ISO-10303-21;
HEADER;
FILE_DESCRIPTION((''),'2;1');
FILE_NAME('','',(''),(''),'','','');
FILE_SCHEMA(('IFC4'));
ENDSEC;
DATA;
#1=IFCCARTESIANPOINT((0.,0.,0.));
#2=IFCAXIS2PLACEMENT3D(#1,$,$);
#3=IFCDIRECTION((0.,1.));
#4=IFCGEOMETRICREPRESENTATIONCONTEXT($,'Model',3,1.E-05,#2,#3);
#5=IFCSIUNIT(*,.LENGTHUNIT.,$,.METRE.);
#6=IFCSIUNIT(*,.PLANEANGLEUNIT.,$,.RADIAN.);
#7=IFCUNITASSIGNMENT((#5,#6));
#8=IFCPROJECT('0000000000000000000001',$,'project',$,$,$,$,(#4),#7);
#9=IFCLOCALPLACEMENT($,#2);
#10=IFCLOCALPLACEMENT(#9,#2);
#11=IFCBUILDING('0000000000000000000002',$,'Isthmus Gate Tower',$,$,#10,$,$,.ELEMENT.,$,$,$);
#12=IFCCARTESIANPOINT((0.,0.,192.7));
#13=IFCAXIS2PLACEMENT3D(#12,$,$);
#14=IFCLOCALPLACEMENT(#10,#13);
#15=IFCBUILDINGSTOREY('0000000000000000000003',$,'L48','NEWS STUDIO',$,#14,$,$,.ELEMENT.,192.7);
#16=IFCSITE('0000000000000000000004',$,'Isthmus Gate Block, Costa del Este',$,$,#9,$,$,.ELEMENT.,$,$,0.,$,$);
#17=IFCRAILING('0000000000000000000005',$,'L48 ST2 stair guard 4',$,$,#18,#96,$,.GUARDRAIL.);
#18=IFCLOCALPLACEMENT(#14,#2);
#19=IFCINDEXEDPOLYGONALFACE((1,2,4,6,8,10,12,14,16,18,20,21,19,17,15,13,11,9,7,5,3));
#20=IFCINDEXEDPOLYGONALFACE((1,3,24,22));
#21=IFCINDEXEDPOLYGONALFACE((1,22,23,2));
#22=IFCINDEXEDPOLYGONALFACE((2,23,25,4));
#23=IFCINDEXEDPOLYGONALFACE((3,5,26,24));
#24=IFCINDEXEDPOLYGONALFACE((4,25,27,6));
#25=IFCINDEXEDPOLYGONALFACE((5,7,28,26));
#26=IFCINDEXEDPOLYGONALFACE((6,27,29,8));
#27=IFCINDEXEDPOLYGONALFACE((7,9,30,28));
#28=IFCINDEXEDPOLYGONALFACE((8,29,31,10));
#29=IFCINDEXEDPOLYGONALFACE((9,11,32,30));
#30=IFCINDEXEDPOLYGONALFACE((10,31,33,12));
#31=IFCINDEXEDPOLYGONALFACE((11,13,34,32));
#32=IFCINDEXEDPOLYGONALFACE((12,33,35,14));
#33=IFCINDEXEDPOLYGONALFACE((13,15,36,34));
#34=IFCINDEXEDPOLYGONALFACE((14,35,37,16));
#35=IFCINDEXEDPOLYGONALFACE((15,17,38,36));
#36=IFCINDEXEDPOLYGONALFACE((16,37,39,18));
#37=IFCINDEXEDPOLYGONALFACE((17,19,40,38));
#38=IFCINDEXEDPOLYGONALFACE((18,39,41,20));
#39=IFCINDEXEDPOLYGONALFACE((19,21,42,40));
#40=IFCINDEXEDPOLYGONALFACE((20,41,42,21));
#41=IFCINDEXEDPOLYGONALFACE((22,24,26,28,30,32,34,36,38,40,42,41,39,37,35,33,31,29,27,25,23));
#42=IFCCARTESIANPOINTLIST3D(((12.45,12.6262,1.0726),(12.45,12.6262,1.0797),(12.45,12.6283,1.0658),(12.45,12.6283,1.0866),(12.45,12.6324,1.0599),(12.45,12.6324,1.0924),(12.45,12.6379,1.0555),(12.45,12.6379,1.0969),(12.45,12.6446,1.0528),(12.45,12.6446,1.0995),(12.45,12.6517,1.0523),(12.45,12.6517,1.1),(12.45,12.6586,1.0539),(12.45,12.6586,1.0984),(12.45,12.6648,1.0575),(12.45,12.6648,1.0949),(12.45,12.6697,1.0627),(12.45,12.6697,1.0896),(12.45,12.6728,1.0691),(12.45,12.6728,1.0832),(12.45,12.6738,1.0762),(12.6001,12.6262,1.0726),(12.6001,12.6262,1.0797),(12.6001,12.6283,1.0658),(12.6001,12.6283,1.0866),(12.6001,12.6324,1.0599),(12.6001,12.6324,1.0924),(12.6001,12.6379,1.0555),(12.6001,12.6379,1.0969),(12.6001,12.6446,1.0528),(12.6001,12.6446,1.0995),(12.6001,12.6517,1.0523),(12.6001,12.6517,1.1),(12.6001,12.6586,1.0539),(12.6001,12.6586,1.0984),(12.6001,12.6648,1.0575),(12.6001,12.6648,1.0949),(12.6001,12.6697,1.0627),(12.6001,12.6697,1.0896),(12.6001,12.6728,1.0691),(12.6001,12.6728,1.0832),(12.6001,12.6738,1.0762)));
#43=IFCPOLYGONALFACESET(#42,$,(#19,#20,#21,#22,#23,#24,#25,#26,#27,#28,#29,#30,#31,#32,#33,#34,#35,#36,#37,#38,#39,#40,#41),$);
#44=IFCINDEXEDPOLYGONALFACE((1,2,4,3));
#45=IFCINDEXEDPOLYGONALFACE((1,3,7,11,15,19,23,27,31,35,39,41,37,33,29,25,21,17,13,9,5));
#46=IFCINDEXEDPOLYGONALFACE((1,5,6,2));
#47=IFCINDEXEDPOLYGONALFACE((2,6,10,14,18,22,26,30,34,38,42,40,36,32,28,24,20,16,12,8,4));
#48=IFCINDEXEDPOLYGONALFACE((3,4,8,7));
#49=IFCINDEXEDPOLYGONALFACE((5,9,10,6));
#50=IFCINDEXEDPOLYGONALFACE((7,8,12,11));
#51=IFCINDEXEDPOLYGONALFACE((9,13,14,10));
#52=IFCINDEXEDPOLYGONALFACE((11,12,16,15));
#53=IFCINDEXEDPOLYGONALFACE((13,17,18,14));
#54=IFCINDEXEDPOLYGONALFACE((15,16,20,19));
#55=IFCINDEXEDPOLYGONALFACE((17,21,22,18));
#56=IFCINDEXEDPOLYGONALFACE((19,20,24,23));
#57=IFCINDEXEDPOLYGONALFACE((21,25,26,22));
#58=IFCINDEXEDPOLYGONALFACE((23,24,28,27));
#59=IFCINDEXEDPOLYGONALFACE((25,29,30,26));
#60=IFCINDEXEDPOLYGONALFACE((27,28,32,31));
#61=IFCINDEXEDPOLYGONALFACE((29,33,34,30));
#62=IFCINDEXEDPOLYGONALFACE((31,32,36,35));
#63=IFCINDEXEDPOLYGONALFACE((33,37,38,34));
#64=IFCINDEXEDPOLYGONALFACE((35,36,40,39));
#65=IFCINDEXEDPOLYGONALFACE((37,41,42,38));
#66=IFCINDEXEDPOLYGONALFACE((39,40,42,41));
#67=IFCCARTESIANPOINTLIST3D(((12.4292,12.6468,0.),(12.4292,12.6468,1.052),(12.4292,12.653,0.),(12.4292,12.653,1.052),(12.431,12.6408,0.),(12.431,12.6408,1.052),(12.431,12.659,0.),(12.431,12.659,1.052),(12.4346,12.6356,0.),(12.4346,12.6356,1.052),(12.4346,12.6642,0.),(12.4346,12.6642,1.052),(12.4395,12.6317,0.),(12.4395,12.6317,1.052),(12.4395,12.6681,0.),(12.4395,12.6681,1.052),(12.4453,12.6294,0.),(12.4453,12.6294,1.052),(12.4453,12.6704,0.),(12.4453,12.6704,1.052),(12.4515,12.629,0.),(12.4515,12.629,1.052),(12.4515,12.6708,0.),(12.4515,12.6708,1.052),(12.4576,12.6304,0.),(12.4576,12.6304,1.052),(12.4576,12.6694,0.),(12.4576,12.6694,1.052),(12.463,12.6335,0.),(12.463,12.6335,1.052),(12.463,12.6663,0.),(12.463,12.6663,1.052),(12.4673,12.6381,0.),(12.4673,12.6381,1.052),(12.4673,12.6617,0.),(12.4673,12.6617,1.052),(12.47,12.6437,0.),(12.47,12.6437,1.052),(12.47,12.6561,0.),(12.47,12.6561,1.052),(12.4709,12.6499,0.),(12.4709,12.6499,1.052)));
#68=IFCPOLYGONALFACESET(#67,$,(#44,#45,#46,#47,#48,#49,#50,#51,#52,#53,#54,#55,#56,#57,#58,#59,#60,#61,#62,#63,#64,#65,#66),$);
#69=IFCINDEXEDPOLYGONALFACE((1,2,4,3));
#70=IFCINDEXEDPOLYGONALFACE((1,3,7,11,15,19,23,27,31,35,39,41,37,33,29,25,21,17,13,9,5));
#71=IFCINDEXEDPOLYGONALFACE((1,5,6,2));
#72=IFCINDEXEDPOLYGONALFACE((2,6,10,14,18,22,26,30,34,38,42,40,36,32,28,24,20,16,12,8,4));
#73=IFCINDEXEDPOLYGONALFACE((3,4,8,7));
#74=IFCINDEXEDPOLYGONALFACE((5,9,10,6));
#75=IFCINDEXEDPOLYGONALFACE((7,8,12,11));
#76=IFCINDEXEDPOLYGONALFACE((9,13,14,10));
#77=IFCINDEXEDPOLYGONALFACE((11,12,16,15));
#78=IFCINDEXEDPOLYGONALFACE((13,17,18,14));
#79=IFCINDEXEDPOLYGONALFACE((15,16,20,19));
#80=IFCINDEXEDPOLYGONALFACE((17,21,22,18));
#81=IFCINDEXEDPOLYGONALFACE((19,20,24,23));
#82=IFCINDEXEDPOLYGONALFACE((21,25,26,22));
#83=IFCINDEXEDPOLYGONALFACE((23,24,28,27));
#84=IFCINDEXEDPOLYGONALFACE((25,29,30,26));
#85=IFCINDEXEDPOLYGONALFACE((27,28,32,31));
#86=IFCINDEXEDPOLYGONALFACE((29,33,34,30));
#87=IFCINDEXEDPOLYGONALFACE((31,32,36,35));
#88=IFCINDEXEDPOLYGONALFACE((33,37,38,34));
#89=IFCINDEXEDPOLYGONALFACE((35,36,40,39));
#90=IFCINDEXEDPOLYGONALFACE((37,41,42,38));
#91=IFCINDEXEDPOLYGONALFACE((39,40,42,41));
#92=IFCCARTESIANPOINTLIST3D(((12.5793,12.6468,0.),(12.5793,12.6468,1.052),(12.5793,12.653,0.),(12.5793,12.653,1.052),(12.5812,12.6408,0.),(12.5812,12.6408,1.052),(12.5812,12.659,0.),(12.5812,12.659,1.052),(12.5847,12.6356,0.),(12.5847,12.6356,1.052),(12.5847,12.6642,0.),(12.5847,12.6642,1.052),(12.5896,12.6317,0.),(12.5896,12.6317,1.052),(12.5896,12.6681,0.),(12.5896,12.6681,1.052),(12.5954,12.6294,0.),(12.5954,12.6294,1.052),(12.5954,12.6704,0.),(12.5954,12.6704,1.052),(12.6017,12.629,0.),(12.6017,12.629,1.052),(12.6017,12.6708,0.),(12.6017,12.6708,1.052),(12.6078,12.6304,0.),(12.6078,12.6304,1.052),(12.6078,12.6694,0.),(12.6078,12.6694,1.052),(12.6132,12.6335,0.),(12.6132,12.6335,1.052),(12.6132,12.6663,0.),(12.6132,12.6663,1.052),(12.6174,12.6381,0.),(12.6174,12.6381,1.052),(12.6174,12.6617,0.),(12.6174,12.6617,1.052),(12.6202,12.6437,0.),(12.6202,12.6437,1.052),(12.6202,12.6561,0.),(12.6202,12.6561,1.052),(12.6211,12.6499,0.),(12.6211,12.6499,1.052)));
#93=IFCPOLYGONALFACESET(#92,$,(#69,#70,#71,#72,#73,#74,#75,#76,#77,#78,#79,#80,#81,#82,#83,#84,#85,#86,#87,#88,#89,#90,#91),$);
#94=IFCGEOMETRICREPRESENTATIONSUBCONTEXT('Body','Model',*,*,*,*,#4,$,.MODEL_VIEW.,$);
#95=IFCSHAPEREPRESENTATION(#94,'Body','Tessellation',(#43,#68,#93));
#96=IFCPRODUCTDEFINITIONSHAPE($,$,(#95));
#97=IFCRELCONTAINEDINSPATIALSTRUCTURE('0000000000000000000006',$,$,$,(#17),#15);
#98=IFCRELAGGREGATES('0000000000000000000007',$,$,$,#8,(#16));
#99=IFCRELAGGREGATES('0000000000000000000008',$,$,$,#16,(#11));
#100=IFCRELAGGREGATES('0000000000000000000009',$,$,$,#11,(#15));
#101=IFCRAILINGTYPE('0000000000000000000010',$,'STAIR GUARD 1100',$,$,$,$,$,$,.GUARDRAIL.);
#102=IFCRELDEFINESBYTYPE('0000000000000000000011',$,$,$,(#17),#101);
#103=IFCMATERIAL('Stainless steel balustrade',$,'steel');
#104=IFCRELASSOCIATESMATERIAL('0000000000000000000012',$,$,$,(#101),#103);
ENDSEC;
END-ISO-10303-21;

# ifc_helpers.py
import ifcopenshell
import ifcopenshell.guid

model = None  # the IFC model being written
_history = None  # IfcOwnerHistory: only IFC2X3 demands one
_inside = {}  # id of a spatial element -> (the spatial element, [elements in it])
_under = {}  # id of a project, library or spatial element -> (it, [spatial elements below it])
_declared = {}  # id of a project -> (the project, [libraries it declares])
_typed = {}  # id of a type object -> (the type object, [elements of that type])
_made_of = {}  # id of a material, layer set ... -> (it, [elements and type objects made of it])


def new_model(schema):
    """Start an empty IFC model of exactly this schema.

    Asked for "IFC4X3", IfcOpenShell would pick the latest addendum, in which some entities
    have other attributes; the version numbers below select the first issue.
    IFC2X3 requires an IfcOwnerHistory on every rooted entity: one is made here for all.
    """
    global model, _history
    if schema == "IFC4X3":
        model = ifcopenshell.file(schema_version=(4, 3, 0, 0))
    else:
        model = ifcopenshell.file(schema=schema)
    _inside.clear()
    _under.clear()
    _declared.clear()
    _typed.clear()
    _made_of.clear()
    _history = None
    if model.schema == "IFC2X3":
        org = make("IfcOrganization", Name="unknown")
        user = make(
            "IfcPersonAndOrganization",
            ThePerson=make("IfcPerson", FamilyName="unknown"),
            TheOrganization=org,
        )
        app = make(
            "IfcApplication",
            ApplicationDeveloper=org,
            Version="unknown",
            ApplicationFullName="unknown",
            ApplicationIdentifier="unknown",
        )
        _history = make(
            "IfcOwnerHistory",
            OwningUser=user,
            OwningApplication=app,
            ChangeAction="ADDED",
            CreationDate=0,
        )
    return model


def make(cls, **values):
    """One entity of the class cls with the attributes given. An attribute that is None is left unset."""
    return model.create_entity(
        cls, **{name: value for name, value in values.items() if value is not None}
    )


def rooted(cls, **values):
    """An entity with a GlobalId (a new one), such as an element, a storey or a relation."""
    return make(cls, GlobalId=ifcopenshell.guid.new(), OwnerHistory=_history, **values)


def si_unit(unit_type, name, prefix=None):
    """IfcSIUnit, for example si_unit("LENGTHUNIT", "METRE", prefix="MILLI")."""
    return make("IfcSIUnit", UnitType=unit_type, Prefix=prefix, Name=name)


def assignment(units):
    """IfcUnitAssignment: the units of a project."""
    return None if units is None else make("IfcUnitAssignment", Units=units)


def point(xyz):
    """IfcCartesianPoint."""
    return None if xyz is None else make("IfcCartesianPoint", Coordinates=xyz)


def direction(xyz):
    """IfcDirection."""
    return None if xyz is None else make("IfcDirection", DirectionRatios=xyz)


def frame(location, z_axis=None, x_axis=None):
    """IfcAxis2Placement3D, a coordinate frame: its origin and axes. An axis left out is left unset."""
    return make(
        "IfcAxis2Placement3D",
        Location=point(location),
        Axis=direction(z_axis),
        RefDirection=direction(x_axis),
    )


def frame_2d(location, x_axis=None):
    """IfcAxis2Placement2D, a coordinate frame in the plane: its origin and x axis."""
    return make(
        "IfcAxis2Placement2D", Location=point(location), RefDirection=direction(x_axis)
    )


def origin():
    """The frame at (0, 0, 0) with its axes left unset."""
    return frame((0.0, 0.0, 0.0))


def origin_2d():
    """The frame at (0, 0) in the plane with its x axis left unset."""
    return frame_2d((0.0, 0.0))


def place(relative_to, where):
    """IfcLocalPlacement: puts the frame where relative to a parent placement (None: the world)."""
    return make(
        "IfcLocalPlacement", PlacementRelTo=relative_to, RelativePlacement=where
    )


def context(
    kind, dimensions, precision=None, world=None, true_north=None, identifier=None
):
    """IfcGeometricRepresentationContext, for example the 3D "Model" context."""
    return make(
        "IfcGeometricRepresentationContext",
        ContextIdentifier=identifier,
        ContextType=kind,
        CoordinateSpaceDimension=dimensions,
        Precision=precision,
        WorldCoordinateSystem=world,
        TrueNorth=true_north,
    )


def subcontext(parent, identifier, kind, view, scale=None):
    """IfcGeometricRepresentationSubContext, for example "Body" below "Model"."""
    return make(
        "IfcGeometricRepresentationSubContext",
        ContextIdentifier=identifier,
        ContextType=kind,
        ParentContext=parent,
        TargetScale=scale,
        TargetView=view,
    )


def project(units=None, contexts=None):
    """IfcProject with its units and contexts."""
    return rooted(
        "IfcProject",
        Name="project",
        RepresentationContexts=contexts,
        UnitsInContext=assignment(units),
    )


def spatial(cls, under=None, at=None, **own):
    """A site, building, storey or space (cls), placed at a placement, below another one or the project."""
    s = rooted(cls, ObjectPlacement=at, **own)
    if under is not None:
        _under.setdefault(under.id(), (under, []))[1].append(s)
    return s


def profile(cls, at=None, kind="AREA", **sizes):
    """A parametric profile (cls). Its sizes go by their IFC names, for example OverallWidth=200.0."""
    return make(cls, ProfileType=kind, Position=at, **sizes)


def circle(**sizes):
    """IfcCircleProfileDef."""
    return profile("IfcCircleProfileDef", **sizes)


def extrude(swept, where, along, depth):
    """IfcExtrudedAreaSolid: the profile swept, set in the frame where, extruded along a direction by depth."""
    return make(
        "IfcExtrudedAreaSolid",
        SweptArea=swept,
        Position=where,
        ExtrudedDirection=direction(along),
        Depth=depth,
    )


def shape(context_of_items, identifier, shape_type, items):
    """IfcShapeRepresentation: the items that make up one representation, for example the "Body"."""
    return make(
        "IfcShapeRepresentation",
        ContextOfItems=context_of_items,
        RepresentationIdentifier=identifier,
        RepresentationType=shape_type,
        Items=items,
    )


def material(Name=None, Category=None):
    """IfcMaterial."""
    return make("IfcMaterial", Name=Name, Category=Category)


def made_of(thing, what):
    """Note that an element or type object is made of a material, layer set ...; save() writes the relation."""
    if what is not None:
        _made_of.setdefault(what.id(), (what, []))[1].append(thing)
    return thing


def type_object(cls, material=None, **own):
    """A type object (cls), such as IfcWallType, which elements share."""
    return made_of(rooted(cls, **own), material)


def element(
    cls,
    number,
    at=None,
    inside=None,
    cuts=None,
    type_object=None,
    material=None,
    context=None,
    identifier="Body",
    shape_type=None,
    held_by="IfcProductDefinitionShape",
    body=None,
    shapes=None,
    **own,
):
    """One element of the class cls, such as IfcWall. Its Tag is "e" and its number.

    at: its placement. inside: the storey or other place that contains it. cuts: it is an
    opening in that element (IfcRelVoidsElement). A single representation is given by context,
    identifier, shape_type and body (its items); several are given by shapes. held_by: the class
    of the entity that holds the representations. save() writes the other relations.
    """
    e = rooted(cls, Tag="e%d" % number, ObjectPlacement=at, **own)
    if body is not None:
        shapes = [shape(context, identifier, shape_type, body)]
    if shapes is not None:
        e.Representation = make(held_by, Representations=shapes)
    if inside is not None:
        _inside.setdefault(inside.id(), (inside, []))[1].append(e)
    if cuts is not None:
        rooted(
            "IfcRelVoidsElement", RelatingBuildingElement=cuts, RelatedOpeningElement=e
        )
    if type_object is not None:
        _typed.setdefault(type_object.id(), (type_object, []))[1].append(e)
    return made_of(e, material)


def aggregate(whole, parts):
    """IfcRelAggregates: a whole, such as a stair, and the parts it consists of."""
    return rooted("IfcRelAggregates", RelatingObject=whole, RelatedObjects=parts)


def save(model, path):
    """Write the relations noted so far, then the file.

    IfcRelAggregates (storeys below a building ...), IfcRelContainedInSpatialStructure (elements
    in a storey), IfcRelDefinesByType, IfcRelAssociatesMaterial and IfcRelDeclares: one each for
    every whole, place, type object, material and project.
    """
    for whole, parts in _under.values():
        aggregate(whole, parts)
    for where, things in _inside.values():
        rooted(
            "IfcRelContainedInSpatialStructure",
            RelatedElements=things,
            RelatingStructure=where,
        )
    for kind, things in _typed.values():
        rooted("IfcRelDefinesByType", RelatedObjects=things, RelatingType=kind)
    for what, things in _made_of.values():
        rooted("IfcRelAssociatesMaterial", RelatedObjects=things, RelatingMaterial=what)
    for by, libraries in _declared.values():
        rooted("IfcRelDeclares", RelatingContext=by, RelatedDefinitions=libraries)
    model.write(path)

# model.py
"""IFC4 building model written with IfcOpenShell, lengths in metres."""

from ifc_helpers import new_model, si_unit, direction, frame, origin, origin_2d, place, context, subcontext, project, spatial, circle, extrude, material, type_object, element, save


model = new_model("IFC4")

# Units and contexts
model_context = context("Model", 3, precision=1e-05, world=origin(), true_north=direction((0.0, 1.0)))
body_context = subcontext(model_context, "Body", "Model", "MODEL_VIEW")
ifc_project = project(units=[si_unit("LENGTHUNIT", "METRE"), si_unit("PLANEANGLEUNIT", "RADIAN")], contexts=[model_context])

# Site, building, storey
site_placement = place(None, origin())
site = spatial("IfcSite", under=ifc_project, at=site_placement, Name="Isthmus Gate Block, Costa del Este", CompositionType="ELEMENT", RefElevation=0.0)
building_placement = place(site_placement, origin())
building = spatial("IfcBuilding", under=site, at=building_placement, Name="Isthmus Gate Tower", CompositionType="ELEMENT")
storey_placement = place(building_placement, frame((0.0, 0.0, 192.7)))
storey = spatial("IfcBuildingStorey", under=building, at=storey_placement, Name="L48", Description="NEWS STUDIO", CompositionType="ELEMENT", Elevation=192.7)

# Railing
ifc_material_1 = material(Name="Stainless steel balustrade", Category="steel")
railing_type = type_object("IfcRailingType", Name="STAIR GUARD 1100", PredefinedType="GUARDRAIL", material=ifc_material_1)
railing_placement = place(storey_placement, frame((12.45, 12.6499, 0.0)))
element("IfcRailing", 1, at=railing_placement, inside=storey, type_object=railing_type, Name="L48 ST2 stair guard 4", PredefinedType="GUARDRAIL", context=body_context, shape_type="SweptSolid", body=[
    extrude(circle(Radius=0.0239, at=origin_2d()), frame((0.0, 0.0, 1.0762), z_axis=(1.0, 0.0, 0.0), x_axis=(0.0, 1.0, 0.0)), (0.0, 0.0, 1.0), 0.1501),
    extrude(circle(Radius=0.021, at=origin_2d()), origin(), (0.0, 0.0, 1.0), 1.052),
    extrude(circle(Radius=0.021, at=origin_2d()), frame((0.1501, 0.0, 0.0)), (0.0, 0.0, 1.0), 1.052),
])

save(model, "model.ifc")
